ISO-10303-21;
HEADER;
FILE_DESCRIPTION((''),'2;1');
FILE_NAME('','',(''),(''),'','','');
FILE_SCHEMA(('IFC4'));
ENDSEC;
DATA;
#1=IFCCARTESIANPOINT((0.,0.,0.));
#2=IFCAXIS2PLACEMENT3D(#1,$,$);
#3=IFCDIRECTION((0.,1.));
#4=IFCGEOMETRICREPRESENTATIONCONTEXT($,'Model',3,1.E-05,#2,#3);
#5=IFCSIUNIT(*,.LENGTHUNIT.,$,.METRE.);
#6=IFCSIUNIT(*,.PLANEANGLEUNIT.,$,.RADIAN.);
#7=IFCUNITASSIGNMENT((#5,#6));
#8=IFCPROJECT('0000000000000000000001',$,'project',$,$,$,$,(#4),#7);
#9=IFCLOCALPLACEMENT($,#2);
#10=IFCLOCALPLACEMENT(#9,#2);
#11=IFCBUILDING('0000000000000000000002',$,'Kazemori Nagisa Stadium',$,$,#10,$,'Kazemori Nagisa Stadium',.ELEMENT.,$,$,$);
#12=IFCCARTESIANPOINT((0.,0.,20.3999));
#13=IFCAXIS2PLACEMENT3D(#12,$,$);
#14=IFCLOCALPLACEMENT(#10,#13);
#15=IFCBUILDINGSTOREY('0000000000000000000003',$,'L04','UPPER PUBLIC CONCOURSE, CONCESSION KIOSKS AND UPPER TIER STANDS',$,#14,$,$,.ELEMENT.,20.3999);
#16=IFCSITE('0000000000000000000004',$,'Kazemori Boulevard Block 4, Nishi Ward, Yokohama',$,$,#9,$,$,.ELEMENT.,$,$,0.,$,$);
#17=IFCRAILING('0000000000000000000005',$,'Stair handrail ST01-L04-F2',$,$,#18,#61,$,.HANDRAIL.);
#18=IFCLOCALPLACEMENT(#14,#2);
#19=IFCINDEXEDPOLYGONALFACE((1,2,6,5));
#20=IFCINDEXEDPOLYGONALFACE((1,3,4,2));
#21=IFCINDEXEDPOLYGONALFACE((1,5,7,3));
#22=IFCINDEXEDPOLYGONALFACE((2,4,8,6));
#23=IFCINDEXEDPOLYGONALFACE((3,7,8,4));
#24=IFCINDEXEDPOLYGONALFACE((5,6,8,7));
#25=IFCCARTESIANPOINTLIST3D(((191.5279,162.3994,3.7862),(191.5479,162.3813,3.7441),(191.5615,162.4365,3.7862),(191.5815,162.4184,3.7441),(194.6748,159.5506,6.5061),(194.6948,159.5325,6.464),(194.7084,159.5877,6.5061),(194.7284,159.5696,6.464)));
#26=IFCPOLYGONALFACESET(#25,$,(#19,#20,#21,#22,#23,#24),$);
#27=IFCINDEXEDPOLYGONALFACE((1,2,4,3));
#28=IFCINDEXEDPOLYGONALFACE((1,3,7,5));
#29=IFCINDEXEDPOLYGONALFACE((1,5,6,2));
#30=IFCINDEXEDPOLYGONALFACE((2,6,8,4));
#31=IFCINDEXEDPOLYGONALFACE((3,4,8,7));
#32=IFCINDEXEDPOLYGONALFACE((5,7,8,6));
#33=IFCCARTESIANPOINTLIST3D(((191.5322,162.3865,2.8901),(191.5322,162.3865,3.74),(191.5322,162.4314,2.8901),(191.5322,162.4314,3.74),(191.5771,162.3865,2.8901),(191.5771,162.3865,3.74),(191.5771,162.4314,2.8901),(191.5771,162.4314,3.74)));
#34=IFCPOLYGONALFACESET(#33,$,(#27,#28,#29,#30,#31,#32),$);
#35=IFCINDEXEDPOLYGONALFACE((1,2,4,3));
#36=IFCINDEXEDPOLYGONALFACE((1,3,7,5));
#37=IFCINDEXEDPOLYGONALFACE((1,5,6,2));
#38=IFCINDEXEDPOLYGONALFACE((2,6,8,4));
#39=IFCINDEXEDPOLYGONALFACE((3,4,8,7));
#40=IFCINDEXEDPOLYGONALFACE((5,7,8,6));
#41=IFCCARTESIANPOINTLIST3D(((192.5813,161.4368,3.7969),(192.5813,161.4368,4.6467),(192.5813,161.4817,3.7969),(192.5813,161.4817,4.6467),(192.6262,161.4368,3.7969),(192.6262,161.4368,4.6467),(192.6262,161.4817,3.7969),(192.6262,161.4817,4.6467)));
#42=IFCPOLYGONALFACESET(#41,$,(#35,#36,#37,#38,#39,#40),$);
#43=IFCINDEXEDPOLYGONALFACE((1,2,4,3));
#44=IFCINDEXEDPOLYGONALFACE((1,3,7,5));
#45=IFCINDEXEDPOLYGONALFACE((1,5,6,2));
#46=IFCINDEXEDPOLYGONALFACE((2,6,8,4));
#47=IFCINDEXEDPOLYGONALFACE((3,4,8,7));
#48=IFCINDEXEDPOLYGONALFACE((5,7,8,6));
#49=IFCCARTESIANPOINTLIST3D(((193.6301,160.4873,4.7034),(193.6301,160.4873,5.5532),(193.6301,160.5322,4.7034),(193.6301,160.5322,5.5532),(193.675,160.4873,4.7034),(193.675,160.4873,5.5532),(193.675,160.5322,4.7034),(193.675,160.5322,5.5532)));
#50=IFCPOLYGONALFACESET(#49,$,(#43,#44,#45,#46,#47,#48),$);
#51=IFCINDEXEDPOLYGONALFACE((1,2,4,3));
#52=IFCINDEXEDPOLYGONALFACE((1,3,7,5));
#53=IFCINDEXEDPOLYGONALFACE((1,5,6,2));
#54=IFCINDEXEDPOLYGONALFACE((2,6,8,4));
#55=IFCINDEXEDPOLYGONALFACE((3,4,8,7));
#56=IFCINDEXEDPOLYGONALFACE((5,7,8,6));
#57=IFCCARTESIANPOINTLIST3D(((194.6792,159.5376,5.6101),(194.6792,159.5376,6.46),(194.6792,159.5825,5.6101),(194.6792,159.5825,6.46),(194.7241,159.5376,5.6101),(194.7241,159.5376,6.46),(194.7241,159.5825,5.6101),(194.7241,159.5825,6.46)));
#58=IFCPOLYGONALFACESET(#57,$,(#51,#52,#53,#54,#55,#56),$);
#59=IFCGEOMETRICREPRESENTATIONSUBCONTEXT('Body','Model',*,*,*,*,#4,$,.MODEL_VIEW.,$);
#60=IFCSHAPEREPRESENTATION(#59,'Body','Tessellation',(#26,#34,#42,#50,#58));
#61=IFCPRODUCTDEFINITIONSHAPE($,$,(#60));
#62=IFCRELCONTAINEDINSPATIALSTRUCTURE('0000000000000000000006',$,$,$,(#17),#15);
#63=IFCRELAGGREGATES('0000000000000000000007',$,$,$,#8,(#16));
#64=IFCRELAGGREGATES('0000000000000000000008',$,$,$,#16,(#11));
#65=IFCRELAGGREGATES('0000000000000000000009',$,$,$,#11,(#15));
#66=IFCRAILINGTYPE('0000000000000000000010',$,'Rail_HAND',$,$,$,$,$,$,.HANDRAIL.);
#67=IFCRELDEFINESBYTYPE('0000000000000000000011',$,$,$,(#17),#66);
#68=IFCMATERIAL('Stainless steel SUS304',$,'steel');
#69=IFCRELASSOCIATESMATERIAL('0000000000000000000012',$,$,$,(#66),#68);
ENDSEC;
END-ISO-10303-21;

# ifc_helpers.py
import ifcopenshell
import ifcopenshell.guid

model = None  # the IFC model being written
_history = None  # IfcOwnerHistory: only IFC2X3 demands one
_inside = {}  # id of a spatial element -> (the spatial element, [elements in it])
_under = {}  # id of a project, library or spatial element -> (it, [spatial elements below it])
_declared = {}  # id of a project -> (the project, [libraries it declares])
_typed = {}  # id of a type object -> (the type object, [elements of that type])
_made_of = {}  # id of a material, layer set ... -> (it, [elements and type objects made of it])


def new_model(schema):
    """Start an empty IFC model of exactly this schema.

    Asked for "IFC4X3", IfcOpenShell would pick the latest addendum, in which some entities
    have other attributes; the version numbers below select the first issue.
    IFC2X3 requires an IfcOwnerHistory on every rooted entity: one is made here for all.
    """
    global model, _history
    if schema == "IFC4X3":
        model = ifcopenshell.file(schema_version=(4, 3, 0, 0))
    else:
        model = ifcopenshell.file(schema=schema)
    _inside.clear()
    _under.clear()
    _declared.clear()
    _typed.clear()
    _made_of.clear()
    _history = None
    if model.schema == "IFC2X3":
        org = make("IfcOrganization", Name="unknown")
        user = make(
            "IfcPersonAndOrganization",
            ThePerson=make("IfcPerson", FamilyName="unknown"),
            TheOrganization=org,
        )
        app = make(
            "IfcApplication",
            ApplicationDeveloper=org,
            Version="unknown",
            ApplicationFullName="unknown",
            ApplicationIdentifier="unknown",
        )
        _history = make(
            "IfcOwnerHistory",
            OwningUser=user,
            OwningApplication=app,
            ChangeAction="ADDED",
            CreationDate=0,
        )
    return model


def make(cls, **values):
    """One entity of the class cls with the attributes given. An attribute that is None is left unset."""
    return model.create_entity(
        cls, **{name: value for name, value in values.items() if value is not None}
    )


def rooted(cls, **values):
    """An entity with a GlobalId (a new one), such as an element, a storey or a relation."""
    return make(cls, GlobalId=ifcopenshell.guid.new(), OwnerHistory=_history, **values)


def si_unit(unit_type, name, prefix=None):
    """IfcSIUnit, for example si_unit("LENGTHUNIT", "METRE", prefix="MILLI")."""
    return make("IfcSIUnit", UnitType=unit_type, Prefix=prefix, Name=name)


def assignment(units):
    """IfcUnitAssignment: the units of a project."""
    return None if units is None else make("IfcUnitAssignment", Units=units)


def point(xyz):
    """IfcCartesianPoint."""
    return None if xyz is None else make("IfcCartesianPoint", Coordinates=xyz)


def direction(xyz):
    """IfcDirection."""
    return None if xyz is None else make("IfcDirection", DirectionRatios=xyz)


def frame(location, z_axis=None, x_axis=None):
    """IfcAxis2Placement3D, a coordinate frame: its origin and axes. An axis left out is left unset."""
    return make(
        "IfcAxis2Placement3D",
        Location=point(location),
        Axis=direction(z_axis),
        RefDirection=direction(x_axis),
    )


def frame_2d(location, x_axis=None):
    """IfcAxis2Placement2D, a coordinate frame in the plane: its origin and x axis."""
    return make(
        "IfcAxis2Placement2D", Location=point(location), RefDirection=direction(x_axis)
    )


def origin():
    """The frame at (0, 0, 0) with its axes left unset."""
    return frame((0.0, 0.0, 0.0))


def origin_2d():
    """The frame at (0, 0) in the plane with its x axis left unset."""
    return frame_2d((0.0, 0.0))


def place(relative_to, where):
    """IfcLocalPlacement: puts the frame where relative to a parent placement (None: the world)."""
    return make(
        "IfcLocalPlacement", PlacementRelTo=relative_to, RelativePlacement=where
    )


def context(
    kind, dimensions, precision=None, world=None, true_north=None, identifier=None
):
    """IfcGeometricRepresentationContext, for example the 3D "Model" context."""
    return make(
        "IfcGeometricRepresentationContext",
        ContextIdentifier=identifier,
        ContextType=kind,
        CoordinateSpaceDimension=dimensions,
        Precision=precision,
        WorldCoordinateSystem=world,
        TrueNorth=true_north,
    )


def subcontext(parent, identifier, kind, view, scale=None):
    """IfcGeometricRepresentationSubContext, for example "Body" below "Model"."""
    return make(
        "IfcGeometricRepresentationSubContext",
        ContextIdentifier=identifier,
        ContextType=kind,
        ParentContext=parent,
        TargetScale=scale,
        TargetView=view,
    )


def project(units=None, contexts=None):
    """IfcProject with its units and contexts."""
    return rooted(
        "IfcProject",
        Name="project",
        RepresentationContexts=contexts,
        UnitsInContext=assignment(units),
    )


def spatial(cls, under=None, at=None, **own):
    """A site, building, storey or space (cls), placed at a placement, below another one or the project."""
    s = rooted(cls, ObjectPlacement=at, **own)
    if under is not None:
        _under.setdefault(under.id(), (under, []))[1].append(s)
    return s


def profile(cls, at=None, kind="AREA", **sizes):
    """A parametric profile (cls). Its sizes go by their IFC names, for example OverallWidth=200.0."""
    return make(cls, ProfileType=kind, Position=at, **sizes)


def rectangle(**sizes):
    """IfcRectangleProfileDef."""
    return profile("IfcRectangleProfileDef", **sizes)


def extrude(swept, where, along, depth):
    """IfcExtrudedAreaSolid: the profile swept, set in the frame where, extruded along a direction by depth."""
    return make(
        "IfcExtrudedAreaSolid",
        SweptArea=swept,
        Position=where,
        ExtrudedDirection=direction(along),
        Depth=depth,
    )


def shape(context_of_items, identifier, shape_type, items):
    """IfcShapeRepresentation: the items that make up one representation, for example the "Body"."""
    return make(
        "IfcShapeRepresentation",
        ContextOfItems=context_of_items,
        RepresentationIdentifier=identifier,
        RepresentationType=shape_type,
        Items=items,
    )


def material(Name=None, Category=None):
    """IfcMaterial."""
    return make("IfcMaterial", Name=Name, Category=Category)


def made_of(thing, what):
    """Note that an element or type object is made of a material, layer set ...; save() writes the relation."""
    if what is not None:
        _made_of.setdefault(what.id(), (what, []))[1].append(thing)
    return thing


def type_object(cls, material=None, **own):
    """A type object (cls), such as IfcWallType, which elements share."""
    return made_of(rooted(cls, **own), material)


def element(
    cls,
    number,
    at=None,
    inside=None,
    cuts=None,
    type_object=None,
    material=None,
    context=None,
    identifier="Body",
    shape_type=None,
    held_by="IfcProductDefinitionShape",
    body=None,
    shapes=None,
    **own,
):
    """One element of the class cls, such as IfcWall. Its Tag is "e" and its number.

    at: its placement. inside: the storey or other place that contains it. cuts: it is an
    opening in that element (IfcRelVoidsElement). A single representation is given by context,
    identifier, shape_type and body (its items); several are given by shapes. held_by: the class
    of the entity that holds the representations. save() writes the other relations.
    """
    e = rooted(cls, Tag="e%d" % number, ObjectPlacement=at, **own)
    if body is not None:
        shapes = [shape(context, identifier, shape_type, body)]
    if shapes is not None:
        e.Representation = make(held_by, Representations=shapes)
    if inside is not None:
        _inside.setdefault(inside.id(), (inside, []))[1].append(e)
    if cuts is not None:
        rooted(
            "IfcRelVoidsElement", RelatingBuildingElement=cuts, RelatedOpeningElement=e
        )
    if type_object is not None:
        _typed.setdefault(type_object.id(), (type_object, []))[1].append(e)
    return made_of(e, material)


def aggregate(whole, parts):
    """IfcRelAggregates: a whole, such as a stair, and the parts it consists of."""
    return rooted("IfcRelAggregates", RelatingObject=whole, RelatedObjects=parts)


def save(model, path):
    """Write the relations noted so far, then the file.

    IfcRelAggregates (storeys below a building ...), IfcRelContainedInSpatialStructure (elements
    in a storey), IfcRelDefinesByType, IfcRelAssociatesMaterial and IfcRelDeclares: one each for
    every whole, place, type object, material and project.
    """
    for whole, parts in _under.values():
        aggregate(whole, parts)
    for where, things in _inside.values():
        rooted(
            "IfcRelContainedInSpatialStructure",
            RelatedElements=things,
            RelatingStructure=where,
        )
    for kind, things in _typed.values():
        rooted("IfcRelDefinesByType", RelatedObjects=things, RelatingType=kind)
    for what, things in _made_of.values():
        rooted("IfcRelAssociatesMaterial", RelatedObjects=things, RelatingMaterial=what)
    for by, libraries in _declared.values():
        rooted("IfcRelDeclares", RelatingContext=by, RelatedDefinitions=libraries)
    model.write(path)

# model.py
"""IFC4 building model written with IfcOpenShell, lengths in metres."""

from ifc_helpers import new_model, si_unit, direction, frame, origin, origin_2d, place, context, subcontext, project, spatial, rectangle, extrude, material, type_object, element, save


model = new_model("IFC4")

# Units and contexts
model_context = context("Model", 3, precision=1e-05, world=origin(), true_north=direction((0.0, 1.0)))
body_context = subcontext(model_context, "Body", "Model", "MODEL_VIEW")
ifc_project = project(units=[si_unit("LENGTHUNIT", "METRE"), si_unit("PLANEANGLEUNIT", "RADIAN")], contexts=[model_context])

# Site, building, storey
site_placement = place(None, origin())
site = spatial("IfcSite", under=ifc_project, at=site_placement, Name="Kazemori Boulevard Block 4, Nishi Ward, Yokohama", CompositionType="ELEMENT", RefElevation=0.0)
building_placement = place(site_placement, origin())
building = spatial("IfcBuilding", under=site, at=building_placement, Name="Kazemori Nagisa Stadium", LongName="Kazemori Nagisa Stadium", CompositionType="ELEMENT")
storey_placement = place(building_placement, frame((0.0, 0.0, 20.3999)))
storey = spatial("IfcBuildingStorey", under=building, at=storey_placement, Name="L04", Description="UPPER PUBLIC CONCOURSE, CONCESSION KIOSKS AND UPPER TIER STANDS", CompositionType="ELEMENT", Elevation=20.3999)

# Railing
ifc_material_1 = material(Name="Stainless steel SUS304", Category="steel")
railing_type_1 = type_object("IfcRailingType", Name="Rail_HAND", PredefinedType="HANDRAIL", material=ifc_material_1)
railing_1_placement = place(storey_placement, frame((191.5547, 162.4089, 2.8901)))
element("IfcRailing", 1, at=railing_1_placement, inside=storey, type_object=railing_type_1, Name="Stair handrail ST01-L04-F2", PredefinedType="HANDRAIL", context=body_context, shape_type="SweptSolid", body=[
    extrude(rectangle(XDim=0.05, YDim=0.05, at=origin_2d()), frame((0.0, 0.0, 0.875), z_axis=(0.624201, -0.565073, 0.539505), x_axis=(0.671123, 0.741346, 0.0)), (0.0, 0.0, 1.0), 5.0415),
    extrude(rectangle(XDim=0.0449, YDim=0.0449, at=origin_2d()), origin(), (0.0, 0.0, 1.0), 0.8499),
    extrude(rectangle(XDim=0.0449, YDim=0.0449, at=origin_2d()), frame((1.0491, -0.9497, 0.9067)), (0.0, 0.0, 1.0), 0.8499),
    extrude(rectangle(XDim=0.0449, YDim=0.0449, at=origin_2d()), frame((2.0979, -1.8992, 1.8132)), (0.0, 0.0, 1.0), 0.8499),
    extrude(rectangle(XDim=0.0449, YDim=0.0449, at=origin_2d()), frame((3.147, -2.8489, 2.72)), (0.0, 0.0, 1.0), 0.8499),
])

save(model, "model.ifc")
